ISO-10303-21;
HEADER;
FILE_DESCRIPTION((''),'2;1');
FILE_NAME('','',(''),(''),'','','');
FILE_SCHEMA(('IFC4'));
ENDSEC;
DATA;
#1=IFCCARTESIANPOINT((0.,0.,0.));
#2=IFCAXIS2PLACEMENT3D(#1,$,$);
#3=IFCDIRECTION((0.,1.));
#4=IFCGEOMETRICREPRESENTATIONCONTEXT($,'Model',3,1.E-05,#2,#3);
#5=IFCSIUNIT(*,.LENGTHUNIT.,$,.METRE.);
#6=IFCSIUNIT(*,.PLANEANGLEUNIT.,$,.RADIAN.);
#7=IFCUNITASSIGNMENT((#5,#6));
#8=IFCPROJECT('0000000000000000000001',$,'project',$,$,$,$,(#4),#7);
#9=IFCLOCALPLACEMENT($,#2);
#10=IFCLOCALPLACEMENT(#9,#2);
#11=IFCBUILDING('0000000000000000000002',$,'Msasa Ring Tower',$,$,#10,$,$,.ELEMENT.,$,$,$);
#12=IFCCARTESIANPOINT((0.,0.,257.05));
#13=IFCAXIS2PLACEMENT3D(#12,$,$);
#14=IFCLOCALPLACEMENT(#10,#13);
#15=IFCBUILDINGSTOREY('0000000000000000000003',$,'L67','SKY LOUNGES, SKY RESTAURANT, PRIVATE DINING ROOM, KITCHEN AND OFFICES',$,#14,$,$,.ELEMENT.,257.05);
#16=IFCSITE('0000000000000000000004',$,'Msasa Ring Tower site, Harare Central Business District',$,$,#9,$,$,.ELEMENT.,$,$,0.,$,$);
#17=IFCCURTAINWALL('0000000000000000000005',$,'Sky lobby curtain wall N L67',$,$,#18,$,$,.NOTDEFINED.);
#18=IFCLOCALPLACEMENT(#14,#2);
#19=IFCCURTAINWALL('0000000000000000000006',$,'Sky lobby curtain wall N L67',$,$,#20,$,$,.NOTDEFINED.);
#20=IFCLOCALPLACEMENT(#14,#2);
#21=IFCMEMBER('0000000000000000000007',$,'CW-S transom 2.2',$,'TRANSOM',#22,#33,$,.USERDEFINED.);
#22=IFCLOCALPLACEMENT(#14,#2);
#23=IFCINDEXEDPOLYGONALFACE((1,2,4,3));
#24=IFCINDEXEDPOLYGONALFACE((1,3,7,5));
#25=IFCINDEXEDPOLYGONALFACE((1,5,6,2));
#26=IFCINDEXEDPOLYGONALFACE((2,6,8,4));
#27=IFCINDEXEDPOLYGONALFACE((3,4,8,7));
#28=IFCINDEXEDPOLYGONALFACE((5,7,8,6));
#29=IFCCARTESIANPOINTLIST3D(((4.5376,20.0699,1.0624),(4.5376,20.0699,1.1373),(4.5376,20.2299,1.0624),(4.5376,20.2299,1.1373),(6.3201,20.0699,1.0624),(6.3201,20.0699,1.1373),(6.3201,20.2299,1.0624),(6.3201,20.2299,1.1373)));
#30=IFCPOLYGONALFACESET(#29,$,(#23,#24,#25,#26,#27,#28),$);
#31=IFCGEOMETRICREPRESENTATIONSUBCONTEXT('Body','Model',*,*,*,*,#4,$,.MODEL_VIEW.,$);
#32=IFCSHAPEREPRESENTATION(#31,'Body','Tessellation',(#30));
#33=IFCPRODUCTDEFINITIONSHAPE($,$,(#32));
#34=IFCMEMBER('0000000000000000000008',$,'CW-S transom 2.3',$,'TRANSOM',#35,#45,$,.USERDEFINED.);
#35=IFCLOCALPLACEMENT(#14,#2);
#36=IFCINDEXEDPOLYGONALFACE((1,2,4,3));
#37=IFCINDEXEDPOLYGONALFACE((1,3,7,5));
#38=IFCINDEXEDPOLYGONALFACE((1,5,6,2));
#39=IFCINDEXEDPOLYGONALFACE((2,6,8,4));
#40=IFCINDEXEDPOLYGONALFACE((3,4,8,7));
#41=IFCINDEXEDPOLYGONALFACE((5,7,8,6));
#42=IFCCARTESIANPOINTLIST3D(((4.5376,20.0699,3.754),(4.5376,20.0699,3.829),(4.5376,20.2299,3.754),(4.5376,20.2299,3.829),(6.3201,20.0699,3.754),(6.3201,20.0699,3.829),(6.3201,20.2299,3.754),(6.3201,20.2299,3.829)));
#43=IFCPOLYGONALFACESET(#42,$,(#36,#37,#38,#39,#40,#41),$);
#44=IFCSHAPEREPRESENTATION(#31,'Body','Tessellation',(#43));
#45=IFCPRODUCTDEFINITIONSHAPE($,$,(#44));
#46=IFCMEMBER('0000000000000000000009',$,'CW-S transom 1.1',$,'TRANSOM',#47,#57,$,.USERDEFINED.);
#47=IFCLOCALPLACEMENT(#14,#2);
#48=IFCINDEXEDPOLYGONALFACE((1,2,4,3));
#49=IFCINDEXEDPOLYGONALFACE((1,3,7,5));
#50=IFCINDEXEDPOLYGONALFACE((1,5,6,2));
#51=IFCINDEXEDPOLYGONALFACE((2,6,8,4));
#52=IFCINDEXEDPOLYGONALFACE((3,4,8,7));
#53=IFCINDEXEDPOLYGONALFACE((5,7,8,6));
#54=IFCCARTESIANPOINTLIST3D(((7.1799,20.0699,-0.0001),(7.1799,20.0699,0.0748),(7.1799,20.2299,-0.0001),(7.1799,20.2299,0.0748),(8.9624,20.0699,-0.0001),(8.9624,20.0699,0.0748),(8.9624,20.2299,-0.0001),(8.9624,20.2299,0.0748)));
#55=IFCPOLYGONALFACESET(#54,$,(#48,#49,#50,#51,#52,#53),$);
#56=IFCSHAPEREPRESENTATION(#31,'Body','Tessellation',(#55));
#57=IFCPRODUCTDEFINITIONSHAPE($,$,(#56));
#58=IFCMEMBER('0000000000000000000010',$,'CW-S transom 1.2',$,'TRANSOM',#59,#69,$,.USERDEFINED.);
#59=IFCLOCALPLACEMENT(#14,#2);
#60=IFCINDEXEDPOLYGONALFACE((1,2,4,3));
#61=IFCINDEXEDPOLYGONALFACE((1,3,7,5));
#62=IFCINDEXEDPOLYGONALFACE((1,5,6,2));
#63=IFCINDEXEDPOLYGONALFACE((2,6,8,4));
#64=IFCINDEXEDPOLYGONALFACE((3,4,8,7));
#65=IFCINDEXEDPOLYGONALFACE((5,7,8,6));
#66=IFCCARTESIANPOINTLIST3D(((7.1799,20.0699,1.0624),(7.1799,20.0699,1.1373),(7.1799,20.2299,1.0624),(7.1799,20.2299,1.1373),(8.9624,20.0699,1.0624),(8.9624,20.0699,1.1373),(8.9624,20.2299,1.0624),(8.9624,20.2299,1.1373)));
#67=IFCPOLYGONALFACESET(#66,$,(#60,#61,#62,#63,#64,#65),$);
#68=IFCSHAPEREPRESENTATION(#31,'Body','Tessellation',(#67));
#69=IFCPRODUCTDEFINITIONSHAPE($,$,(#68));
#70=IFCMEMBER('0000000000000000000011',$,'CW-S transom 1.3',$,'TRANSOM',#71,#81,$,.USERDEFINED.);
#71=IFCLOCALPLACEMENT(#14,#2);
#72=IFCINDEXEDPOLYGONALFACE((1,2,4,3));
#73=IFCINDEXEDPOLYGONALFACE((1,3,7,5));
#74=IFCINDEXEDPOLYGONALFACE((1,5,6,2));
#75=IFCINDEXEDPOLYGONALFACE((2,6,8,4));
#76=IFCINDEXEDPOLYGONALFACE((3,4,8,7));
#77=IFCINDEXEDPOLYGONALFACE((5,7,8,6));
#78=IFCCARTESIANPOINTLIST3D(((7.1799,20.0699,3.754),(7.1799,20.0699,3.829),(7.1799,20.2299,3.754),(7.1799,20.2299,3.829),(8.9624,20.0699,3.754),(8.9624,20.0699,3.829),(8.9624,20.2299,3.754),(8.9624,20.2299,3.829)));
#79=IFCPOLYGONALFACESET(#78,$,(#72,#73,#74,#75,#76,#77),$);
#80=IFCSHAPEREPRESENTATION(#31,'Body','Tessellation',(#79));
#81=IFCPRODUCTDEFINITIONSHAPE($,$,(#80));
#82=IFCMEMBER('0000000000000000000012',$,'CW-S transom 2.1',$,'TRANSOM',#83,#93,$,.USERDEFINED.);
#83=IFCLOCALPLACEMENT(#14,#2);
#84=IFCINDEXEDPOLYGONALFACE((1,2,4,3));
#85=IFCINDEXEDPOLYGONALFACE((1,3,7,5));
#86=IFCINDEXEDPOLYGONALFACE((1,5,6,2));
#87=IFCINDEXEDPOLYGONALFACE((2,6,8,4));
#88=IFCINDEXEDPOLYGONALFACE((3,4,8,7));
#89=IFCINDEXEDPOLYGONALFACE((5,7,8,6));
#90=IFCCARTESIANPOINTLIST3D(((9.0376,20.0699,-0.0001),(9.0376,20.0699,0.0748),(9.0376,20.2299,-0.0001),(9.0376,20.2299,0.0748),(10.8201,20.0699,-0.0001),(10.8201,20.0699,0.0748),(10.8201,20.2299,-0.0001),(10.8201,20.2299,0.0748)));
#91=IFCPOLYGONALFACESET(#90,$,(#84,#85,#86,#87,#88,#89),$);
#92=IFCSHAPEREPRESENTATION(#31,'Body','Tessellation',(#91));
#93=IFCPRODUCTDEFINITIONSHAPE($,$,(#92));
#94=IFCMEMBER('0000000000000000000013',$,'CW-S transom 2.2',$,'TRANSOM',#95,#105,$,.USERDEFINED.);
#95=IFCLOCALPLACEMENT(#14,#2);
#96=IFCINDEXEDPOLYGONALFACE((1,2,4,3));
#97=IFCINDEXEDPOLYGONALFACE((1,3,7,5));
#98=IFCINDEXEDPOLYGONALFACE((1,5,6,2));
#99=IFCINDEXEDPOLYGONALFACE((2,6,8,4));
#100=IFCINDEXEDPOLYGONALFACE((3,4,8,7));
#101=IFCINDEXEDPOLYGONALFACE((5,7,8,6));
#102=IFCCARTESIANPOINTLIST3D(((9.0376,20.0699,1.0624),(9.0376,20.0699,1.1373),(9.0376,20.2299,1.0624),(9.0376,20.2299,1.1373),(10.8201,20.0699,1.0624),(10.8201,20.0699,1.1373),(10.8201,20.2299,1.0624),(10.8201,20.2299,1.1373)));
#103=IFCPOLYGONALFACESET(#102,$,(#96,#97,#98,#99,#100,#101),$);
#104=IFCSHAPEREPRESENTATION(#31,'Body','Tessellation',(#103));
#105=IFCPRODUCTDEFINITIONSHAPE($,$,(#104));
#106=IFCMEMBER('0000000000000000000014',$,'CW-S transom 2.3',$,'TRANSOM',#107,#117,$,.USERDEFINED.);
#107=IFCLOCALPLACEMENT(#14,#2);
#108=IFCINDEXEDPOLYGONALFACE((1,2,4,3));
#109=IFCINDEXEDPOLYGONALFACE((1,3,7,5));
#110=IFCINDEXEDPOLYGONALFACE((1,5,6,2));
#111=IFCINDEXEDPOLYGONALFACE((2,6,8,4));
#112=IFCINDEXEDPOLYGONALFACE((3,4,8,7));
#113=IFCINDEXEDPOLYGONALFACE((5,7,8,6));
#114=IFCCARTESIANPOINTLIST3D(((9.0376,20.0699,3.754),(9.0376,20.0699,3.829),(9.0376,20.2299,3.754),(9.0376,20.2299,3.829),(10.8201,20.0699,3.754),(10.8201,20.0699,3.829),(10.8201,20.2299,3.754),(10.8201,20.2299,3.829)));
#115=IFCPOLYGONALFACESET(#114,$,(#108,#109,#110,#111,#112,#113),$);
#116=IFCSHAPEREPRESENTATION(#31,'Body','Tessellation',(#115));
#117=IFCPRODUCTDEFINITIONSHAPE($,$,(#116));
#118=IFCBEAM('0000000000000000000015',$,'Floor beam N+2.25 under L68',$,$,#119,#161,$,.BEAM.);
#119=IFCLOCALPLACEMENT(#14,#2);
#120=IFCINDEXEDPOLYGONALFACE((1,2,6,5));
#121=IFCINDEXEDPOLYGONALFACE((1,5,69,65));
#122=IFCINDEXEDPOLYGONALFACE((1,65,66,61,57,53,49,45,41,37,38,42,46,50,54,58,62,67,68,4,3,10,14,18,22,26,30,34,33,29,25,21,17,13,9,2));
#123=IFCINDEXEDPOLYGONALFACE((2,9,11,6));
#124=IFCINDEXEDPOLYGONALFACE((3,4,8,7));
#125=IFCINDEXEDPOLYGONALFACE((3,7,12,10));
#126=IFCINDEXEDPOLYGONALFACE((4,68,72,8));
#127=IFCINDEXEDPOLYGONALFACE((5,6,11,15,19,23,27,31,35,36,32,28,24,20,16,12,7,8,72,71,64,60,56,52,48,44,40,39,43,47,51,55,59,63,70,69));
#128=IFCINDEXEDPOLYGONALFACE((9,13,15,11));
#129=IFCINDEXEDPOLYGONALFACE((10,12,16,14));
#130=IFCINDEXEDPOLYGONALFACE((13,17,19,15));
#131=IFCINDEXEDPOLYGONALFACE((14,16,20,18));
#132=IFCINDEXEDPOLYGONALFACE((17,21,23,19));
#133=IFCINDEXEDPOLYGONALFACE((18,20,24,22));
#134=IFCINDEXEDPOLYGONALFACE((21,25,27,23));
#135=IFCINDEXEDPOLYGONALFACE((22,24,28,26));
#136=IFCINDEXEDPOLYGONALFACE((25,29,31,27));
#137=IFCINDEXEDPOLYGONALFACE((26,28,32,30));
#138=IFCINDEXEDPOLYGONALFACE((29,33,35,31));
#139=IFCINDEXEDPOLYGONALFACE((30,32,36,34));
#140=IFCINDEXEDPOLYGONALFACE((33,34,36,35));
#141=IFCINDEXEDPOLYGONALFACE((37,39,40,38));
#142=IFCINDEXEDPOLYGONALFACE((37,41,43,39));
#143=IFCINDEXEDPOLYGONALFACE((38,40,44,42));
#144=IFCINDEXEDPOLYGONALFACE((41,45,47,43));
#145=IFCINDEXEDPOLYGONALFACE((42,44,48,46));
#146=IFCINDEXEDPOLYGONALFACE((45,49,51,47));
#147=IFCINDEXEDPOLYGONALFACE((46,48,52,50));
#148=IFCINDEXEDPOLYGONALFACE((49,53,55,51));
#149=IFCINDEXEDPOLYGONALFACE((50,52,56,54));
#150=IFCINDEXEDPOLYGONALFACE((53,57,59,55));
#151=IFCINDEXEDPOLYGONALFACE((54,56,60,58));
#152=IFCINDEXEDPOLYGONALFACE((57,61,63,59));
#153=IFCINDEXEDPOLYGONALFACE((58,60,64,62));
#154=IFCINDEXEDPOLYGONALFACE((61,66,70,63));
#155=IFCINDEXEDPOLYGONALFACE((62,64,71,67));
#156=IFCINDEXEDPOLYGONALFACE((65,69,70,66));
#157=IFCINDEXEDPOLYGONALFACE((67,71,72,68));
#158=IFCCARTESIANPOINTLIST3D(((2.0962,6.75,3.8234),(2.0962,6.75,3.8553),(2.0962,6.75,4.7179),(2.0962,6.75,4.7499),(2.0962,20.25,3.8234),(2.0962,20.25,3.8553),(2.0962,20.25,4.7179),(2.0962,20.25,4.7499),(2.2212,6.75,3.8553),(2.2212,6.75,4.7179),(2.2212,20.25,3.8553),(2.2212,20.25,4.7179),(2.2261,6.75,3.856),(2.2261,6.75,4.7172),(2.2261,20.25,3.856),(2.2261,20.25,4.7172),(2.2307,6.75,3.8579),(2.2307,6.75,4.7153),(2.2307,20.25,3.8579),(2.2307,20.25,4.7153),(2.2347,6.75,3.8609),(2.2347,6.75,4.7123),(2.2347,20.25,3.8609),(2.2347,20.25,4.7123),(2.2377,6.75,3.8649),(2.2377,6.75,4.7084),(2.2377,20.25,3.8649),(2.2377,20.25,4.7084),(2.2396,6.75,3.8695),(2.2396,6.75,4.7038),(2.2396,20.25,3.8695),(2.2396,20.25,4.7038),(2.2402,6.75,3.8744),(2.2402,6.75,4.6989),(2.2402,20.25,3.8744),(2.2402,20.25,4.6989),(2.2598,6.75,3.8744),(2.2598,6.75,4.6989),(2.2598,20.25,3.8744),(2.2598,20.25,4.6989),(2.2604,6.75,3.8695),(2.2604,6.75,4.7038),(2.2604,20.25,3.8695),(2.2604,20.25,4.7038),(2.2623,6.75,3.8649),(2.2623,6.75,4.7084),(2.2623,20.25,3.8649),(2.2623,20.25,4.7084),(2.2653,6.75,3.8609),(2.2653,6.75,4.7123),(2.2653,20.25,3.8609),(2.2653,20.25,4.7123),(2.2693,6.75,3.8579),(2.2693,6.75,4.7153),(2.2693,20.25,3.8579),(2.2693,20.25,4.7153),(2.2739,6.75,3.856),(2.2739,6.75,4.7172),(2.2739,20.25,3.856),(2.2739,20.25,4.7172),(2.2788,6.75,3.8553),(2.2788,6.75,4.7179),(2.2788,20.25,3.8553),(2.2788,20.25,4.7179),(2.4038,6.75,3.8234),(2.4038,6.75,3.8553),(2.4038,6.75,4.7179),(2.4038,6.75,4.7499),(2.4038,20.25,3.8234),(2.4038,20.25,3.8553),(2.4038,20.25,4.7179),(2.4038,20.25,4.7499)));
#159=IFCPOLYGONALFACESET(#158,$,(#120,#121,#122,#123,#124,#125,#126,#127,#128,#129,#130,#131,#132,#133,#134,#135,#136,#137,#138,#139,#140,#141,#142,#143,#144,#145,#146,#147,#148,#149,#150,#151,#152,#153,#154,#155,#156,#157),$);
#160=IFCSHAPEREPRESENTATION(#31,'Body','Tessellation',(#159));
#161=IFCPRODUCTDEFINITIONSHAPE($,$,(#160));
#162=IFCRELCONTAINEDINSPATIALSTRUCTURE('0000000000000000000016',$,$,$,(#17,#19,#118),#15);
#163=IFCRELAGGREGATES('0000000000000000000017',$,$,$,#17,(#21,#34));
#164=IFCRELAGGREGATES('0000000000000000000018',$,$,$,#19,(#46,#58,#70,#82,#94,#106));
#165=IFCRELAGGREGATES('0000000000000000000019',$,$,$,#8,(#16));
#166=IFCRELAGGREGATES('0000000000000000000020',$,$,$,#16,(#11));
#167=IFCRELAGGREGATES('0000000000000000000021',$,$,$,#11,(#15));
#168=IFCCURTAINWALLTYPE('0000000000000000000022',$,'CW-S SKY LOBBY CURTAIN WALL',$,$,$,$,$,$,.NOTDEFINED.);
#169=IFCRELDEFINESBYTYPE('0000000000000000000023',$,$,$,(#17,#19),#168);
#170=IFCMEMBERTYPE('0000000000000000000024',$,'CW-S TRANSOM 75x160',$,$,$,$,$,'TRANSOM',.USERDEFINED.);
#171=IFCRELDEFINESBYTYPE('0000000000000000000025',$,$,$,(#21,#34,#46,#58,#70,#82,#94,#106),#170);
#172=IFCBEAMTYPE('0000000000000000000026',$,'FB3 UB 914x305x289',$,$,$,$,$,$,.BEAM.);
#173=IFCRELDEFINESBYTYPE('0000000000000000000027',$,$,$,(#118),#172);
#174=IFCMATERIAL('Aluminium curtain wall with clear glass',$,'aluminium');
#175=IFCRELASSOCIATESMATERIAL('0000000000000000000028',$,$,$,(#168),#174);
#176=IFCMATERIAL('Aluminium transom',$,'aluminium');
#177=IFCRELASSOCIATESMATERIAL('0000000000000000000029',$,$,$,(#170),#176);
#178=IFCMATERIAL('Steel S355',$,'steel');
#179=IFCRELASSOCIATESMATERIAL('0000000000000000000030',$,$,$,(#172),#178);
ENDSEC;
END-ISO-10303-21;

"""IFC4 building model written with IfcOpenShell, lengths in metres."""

from ifc_helpers import new_model, si_unit, direction, frame, origin, origin_2d, place, context, subcontext, project, spatial, rectangle, i_section, extrude, material, material_profile, profile_set, type_object, element, aggregate, save


model = new_model("IFC4")

# Units and contexts
model_context = context("Model", 3, precision=1e-05, world=origin(), true_north=direction((0.0, 1.0)))
body_context = subcontext(model_context, "Body", "Model", "MODEL_VIEW")
ifc_project = project(units=[si_unit("LENGTHUNIT", "METRE"), si_unit("PLANEANGLEUNIT", "RADIAN")], contexts=[model_context])

# Site, building, storey
site_placement = place(None, origin())
site = spatial("IfcSite", under=ifc_project, at=site_placement, Name="Msasa Ring Tower site, Harare Central Business District", CompositionType="ELEMENT", RefElevation=0.0)
building_placement = place(site_placement, origin())
building = spatial("IfcBuilding", under=site, at=building_placement, Name="Msasa Ring Tower", CompositionType="ELEMENT")
storey_placement = place(building_placement, frame((0.0, 0.0, 257.05)))
storey = spatial("IfcBuildingStorey", under=building, at=storey_placement, Name="L67", Description="SKY LOUNGES, SKY RESTAURANT, PRIVATE DINING ROOM, KITCHEN AND OFFICES", CompositionType="ELEMENT", Elevation=257.05)

# Shared definitions
ifc_material_1 = material(Name="Aluminium curtain wall with clear glass", Category="aluminium")
curtain_wall_type = type_object("IfcCurtainWallType", Name="CW-S SKY LOBBY CURTAIN WALL", PredefinedType="NOTDEFINED", material=ifc_material_1)

# Curtain walls
curtain_wall_1_placement = place(storey_placement, origin())
curtain_wall_1 = element("IfcCurtainWall", 1, at=curtain_wall_1_placement, inside=storey, type_object=curtain_wall_type, Name="Sky lobby curtain wall N L67", PredefinedType="NOTDEFINED")
curtain_wall_2_placement = place(storey_placement, origin())
curtain_wall_2 = element("IfcCurtainWall", 2, at=curtain_wall_2_placement, inside=storey, type_object=curtain_wall_type, Name="Sky lobby curtain wall N L67", PredefinedType="NOTDEFINED")

# Members
ifc_material_2 = material(Name="Aluminium transom", Category="aluminium")
ifc_material_profile_1 = material_profile(ifc_material_2, rectangle(XDim=0.1599, YDim=0.075, at=origin_2d()), Name="AL 75x160")
ifc_profile_set_1 = profile_set([ifc_material_profile_1], Name="Aluminium transom")
member_type_1 = type_object("IfcMemberType", Name="CW-S TRANSOM 75x160", ElementType="TRANSOM", PredefinedType="USERDEFINED", material=ifc_profile_set_1)
member_1_placement = place(storey_placement, frame((4.5376, 20.1499, 1.0999), z_axis=(1.0, 0.0, 0.0), x_axis=(0.0, 1.0, 0.0)))
member_1 = element("IfcMember", 3, at=member_1_placement, type_object=member_type_1, Name="CW-S transom 2.2", ObjectType="TRANSOM", PredefinedType="USERDEFINED", context=body_context, shape_type="SweptSolid", body=[
    extrude(rectangle(XDim=0.1599, YDim=0.075, at=origin_2d()), origin(), (0.0, 0.0, 1.0), 1.7825),
])
member_2_placement = place(storey_placement, frame((4.5376, 20.1499, 3.7915), z_axis=(1.0, 0.0, 0.0), x_axis=(0.0, 1.0, 0.0)))
member_2 = element("IfcMember", 4, at=member_2_placement, type_object=member_type_1, Name="CW-S transom 2.3", ObjectType="TRANSOM", PredefinedType="USERDEFINED", context=body_context, shape_type="SweptSolid", body=[
    extrude(rectangle(XDim=0.1599, YDim=0.075, at=origin_2d()), origin(), (0.0, 0.0, 1.0), 1.7825),
])
member_3_placement = place(storey_placement, frame((7.1799, 20.1499, 0.0374), z_axis=(1.0, 0.0, 0.0), x_axis=(0.0, 1.0, 0.0)))
member_3 = element("IfcMember", 5, at=member_3_placement, type_object=member_type_1, Name="CW-S transom 1.1", ObjectType="TRANSOM", PredefinedType="USERDEFINED", context=body_context, shape_type="SweptSolid", body=[
    extrude(rectangle(XDim=0.1599, YDim=0.075, at=origin_2d()), origin(), (0.0, 0.0, 1.0), 1.7825),
])
member_4_placement = place(storey_placement, frame((7.1799, 20.1499, 1.0999), z_axis=(1.0, 0.0, 0.0), x_axis=(0.0, 1.0, 0.0)))
member_4 = element("IfcMember", 6, at=member_4_placement, type_object=member_type_1, Name="CW-S transom 1.2", ObjectType="TRANSOM", PredefinedType="USERDEFINED", context=body_context, shape_type="SweptSolid", body=[
    extrude(rectangle(XDim=0.1599, YDim=0.075, at=origin_2d()), origin(), (0.0, 0.0, 1.0), 1.7825),
])
member_5_placement = place(storey_placement, frame((7.1799, 20.1499, 3.7915), z_axis=(1.0, 0.0, 0.0), x_axis=(0.0, 1.0, 0.0)))
member_5 = element("IfcMember", 7, at=member_5_placement, type_object=member_type_1, Name="CW-S transom 1.3", ObjectType="TRANSOM", PredefinedType="USERDEFINED", context=body_context, shape_type="SweptSolid", body=[
    extrude(rectangle(XDim=0.1599, YDim=0.075, at=origin_2d()), origin(), (0.0, 0.0, 1.0), 1.7825),
])
member_6_placement = place(storey_placement, frame((9.0376, 20.1499, 0.0374), z_axis=(1.0, 0.0, 0.0), x_axis=(0.0, 1.0, 0.0)))
member_6 = element("IfcMember", 8, at=member_6_placement, type_object=member_type_1, Name="CW-S transom 2.1", ObjectType="TRANSOM", PredefinedType="USERDEFINED", context=body_context, shape_type="SweptSolid", body=[
    extrude(rectangle(XDim=0.1599, YDim=0.075, at=origin_2d()), origin(), (0.0, 0.0, 1.0), 1.7825),
])
member_7_placement = place(storey_placement, frame((9.0376, 20.1499, 1.0999), z_axis=(1.0, 0.0, 0.0), x_axis=(0.0, 1.0, 0.0)))
member_7 = element("IfcMember", 9, at=member_7_placement, type_object=member_type_1, Name="CW-S transom 2.2", ObjectType="TRANSOM", PredefinedType="USERDEFINED", context=body_context, shape_type="SweptSolid", body=[
    extrude(rectangle(XDim=0.1599, YDim=0.075, at=origin_2d()), origin(), (0.0, 0.0, 1.0), 1.7825),
])
member_8_placement = place(storey_placement, frame((9.0376, 20.1499, 3.7915), z_axis=(1.0, 0.0, 0.0), x_axis=(0.0, 1.0, 0.0)))
member_8 = element("IfcMember", 10, at=member_8_placement, type_object=member_type_1, Name="CW-S transom 2.3", ObjectType="TRANSOM", PredefinedType="USERDEFINED", context=body_context, shape_type="SweptSolid", body=[
    extrude(rectangle(XDim=0.1599, YDim=0.075, at=origin_2d()), origin(), (0.0, 0.0, 1.0), 1.7825),
])

# Beam
ifc_material_3 = material(Name="Steel S355", Category="steel")
ifc_material_profile_2 = material_profile(ifc_material_3, i_section(OverallWidth=0.3076, OverallDepth=0.9265, WebThickness=0.0195, FlangeThickness=0.032, FilletRadius=0.019, at=origin_2d()), Name="UB 914x305x289")
ifc_profile_set_2 = profile_set([ifc_material_profile_2], Name="Steel S355")
beam_type_1 = type_object("IfcBeamType", Name="FB3 UB 914x305x289", PredefinedType="BEAM", material=ifc_profile_set_2)
for number, where, z_axis, x_axis, name in (
    (11, (2.25, 20.25, 4.2866), (0.0, -1.0, 0.0), (1.0, 0.0, 0.0), "Floor beam N+2.25 under L68"),
):
    element("IfcBeam", number, at=place(storey_placement, frame(where, z_axis=z_axis, x_axis=x_axis)), inside=storey, type_object=beam_type_1, Name=name, PredefinedType="BEAM", context=body_context, shape_type="SweptSolid", body=[
        extrude(i_section(OverallWidth=0.3076, OverallDepth=0.9265, WebThickness=0.0195, FlangeThickness=0.032, FilletRadius=0.019, at=origin_2d()), origin(), (0.0, 0.0, 1.0), 13.5),
    ])

aggregate(curtain_wall_1, [member_1, member_2])
aggregate(curtain_wall_2, [member_3, member_4, member_5, member_6, member_7, member_8])

save(model, "model.ifc")
